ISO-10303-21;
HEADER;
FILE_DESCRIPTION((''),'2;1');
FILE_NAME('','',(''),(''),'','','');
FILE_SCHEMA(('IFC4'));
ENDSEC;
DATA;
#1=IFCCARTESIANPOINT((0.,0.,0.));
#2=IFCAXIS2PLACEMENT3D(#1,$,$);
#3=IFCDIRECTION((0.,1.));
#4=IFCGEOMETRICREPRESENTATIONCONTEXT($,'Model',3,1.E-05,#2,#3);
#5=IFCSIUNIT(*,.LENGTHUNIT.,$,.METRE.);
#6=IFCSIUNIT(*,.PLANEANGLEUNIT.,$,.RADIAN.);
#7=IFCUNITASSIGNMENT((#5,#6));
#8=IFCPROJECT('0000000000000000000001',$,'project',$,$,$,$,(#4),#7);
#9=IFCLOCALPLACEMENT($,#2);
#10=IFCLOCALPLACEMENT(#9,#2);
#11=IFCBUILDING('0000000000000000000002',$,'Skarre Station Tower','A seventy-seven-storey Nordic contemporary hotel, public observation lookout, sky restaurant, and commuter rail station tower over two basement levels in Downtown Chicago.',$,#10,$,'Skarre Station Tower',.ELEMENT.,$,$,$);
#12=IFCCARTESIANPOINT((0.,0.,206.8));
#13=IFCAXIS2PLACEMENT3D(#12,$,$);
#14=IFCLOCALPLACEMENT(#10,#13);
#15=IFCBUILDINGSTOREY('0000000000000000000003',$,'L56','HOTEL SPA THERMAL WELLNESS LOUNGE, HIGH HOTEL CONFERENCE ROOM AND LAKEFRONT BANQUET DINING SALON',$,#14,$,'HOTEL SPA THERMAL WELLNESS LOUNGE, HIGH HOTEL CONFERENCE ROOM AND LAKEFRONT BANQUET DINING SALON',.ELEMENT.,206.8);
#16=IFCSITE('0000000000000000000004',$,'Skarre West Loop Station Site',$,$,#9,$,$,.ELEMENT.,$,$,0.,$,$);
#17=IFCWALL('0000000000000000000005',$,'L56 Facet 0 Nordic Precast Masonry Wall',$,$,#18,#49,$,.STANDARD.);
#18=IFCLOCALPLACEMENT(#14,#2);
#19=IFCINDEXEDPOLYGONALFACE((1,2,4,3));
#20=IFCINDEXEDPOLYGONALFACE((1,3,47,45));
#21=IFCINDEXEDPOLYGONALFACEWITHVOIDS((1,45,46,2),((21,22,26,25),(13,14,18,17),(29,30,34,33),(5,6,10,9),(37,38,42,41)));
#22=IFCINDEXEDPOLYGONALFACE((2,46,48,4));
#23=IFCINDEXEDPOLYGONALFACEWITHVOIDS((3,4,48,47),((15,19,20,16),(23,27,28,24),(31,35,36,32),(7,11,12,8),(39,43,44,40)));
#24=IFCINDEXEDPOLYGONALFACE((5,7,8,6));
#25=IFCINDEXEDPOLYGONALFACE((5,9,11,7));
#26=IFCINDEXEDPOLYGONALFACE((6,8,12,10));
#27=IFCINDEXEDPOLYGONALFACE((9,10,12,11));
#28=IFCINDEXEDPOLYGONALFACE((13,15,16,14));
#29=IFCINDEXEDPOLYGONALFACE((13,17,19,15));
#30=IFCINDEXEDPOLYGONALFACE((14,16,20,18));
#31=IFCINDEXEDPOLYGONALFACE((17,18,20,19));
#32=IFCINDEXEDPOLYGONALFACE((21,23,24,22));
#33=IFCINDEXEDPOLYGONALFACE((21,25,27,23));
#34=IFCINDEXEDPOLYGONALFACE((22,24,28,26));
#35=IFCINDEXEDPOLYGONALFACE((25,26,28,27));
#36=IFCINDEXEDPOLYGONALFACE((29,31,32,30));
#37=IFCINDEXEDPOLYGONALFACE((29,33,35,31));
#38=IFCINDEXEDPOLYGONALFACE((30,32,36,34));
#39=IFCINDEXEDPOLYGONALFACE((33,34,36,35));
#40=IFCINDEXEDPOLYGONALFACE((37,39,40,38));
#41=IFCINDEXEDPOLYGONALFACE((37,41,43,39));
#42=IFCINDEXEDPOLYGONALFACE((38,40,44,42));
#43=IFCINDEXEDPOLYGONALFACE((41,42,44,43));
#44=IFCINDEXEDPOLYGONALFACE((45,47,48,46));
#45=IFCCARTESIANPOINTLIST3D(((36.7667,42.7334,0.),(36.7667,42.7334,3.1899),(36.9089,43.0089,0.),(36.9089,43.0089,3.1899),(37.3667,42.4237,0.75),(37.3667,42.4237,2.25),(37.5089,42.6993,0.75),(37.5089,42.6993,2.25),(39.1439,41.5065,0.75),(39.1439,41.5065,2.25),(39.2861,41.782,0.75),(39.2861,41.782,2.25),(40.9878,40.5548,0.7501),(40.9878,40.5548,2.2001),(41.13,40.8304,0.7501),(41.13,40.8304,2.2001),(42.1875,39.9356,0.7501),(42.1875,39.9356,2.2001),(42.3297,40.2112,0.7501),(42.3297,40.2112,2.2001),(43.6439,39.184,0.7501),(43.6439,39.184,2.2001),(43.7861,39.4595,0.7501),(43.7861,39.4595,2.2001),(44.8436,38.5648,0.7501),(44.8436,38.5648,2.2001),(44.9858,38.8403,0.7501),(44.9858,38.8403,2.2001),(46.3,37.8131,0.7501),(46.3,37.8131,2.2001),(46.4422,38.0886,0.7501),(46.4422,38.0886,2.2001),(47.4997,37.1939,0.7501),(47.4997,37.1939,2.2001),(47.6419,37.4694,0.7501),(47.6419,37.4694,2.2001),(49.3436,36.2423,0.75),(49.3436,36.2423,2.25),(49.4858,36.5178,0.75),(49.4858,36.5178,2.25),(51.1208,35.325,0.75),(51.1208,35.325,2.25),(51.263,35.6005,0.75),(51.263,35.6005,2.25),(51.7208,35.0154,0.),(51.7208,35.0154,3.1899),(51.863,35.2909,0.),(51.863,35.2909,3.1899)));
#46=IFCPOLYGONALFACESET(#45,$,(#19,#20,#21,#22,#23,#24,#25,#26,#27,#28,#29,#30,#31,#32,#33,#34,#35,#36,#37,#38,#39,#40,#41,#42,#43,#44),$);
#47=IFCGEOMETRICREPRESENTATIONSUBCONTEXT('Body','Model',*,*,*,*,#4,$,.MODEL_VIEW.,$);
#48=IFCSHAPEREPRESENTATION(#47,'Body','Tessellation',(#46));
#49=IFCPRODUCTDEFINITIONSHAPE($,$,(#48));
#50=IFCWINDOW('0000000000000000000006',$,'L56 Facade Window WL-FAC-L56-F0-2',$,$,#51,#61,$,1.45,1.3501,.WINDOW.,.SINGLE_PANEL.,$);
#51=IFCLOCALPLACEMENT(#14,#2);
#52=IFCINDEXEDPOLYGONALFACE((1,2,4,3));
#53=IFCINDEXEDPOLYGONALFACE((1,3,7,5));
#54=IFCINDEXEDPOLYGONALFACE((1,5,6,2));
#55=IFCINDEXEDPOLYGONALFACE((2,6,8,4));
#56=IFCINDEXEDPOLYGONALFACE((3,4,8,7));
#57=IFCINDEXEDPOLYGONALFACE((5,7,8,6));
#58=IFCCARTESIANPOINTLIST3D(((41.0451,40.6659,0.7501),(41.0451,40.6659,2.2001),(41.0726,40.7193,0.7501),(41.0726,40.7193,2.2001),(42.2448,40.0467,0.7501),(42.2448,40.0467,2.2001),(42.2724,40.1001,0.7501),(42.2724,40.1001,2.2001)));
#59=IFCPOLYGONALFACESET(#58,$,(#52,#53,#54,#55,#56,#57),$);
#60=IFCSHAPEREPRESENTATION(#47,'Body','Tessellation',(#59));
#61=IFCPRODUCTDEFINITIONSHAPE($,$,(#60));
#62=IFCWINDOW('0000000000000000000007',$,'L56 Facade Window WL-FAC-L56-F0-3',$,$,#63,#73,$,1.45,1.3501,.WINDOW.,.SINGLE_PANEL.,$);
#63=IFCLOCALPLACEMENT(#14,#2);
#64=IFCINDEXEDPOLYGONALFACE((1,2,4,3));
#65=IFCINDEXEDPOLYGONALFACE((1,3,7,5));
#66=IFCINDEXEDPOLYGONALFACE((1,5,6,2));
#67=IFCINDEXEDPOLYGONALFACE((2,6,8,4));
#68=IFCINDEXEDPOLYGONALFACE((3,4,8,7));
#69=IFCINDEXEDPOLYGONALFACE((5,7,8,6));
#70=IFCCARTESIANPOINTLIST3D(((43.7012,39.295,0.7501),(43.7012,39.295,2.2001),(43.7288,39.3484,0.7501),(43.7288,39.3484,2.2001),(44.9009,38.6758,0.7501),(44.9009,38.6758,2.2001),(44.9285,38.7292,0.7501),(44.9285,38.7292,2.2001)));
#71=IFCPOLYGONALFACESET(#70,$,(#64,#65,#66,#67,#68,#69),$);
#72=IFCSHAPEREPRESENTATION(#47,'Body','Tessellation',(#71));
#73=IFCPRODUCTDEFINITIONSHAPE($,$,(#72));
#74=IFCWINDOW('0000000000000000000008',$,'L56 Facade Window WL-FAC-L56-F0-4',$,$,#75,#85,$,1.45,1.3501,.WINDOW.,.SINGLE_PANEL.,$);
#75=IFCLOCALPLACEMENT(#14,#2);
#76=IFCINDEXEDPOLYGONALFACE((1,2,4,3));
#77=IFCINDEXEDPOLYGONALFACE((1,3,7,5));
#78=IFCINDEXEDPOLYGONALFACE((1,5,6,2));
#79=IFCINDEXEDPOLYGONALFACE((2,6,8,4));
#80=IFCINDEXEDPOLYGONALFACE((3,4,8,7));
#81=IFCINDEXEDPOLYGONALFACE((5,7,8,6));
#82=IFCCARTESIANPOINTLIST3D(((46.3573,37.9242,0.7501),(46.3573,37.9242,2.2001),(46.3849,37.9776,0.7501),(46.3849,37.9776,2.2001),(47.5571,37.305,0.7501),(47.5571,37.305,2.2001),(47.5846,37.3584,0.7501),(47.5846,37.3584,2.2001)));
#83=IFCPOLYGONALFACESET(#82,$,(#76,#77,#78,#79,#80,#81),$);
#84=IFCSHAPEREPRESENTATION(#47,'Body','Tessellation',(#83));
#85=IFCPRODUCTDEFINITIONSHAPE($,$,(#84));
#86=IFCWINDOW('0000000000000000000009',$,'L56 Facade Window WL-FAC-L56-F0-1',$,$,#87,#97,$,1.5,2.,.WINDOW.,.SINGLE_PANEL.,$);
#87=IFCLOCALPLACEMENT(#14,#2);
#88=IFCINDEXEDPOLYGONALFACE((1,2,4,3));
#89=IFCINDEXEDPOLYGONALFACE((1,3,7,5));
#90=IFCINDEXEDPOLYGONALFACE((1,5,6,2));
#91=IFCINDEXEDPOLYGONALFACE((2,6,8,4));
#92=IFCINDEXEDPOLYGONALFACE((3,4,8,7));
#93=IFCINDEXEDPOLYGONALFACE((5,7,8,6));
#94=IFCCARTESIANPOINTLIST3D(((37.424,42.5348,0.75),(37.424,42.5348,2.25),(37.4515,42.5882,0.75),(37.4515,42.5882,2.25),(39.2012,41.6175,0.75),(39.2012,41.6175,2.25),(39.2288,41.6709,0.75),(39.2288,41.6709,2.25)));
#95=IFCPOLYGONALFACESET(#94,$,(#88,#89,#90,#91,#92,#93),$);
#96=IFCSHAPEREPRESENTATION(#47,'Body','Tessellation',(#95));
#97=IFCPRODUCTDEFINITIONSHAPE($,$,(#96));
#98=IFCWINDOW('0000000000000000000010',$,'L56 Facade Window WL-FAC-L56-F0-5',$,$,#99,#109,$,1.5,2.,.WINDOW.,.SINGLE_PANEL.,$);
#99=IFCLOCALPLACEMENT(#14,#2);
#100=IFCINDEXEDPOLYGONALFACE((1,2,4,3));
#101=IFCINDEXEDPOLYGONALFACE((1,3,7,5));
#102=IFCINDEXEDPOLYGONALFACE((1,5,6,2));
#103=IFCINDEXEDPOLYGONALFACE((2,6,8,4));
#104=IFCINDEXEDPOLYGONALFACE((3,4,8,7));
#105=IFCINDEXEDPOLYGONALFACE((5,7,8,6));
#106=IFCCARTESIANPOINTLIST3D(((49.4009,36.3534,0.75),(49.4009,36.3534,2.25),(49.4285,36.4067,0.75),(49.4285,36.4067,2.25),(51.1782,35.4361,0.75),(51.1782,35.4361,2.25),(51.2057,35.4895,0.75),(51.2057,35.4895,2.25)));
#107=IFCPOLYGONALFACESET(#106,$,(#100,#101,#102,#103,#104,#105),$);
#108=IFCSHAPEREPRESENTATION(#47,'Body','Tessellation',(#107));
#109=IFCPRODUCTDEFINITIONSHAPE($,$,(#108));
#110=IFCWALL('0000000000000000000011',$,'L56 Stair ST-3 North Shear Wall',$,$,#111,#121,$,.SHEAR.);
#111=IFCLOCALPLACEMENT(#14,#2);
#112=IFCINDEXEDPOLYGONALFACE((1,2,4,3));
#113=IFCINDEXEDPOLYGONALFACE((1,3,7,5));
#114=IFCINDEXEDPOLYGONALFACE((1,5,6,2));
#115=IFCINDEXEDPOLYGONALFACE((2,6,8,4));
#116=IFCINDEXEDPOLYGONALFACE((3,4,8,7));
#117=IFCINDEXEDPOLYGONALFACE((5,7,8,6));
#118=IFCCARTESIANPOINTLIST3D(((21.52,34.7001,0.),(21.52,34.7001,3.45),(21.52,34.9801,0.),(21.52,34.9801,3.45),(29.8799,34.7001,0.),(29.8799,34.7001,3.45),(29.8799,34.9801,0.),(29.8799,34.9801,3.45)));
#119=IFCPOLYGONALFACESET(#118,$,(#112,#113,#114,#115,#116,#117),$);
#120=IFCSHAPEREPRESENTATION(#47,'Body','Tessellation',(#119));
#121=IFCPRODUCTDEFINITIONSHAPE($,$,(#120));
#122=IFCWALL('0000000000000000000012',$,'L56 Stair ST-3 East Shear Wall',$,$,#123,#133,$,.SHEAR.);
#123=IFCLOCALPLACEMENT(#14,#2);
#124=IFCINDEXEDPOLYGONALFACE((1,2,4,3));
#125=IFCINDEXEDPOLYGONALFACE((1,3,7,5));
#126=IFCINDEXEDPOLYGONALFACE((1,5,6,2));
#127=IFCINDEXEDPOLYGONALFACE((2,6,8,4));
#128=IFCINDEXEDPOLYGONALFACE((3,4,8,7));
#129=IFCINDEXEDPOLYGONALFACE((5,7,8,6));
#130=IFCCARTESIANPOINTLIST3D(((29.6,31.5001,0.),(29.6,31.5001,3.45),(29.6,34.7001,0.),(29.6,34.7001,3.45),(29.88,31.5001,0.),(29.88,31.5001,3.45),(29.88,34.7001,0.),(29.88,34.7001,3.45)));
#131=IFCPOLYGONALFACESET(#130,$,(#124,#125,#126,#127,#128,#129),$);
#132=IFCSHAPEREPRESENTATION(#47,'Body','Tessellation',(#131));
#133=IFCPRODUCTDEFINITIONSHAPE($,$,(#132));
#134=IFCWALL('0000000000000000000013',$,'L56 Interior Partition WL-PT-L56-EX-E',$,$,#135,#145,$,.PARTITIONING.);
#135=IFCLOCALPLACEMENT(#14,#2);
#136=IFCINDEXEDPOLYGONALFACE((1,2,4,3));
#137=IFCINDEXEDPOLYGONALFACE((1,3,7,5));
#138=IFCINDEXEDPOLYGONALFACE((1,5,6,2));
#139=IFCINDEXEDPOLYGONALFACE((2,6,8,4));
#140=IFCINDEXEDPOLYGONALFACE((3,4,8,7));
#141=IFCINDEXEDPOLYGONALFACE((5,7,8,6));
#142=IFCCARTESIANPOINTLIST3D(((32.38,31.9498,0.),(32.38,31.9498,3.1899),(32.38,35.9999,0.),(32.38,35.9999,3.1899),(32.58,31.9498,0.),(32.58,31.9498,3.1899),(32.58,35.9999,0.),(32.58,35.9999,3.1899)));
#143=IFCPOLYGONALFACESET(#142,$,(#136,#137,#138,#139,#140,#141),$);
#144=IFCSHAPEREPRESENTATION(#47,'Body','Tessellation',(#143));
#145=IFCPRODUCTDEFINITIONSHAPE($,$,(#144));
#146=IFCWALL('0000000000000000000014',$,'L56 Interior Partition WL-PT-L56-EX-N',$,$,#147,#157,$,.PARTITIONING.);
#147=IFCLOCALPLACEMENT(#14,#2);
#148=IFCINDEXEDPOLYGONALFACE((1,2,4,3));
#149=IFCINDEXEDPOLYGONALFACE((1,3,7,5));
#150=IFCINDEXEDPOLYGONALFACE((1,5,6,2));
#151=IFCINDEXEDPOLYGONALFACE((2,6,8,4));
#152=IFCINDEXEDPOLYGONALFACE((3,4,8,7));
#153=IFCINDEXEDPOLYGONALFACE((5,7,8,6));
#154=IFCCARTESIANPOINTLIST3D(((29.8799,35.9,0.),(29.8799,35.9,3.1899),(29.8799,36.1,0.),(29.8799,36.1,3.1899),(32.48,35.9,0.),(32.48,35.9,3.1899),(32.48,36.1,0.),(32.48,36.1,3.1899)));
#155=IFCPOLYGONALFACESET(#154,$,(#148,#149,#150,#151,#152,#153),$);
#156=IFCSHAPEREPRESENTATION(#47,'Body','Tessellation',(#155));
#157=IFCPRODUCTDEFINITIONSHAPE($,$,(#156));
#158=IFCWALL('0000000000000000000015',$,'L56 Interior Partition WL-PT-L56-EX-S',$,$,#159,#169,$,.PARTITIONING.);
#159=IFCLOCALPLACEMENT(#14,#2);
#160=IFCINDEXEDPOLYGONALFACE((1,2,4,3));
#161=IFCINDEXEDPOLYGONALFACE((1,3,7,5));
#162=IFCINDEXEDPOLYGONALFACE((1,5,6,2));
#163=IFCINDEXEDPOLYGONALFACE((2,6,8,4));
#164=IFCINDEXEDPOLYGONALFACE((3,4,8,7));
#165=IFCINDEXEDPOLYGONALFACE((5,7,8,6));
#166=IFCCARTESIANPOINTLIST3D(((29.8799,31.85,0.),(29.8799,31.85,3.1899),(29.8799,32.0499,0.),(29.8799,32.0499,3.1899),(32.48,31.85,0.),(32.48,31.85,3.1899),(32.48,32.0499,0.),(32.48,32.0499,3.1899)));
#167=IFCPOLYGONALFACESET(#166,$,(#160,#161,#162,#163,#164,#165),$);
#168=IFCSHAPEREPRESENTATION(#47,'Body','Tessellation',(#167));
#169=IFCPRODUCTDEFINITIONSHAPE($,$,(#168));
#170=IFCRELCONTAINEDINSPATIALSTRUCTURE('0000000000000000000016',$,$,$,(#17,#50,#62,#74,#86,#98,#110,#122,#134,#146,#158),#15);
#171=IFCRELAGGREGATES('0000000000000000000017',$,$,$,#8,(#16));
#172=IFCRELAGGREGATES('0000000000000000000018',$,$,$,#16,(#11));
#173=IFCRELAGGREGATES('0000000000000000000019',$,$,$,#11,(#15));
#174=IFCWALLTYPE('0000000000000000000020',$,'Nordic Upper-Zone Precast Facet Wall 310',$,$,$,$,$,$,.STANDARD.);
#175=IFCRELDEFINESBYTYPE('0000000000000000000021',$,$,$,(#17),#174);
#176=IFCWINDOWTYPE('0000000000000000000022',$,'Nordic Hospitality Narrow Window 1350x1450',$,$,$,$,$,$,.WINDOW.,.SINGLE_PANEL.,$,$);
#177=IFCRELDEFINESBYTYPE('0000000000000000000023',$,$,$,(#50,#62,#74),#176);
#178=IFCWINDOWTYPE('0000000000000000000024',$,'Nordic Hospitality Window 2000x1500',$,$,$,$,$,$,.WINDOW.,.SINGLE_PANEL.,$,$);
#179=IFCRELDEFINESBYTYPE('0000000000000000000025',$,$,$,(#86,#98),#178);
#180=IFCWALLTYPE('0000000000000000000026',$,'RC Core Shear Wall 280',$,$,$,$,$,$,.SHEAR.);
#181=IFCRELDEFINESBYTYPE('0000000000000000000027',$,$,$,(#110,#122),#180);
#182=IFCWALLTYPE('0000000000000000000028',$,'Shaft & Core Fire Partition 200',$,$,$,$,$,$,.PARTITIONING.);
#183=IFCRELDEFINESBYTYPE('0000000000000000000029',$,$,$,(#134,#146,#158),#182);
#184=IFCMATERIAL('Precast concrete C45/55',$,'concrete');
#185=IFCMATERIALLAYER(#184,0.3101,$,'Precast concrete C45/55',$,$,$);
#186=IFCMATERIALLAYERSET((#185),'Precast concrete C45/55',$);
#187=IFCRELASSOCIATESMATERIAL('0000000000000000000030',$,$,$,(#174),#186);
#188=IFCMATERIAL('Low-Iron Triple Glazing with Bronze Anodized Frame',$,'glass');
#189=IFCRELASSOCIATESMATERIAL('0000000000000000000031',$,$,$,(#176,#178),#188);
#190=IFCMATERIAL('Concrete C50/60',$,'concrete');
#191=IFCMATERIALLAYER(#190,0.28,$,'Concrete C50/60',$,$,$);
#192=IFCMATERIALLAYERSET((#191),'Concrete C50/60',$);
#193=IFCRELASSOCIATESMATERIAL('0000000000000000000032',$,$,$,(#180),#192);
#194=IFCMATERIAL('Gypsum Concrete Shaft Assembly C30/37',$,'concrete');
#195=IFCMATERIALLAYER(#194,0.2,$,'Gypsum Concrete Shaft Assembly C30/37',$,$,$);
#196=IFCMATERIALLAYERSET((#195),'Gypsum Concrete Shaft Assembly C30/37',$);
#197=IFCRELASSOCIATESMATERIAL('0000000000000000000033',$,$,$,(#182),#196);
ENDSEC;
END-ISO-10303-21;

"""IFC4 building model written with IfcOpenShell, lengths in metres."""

from ifc_helpers import new_model, si_unit, direction, frame, frame_2d, origin, place, context, subcontext, project, spatial, rectangle, extrude, material, layer, layer_set, type_object, element, fill, save


model = new_model("IFC4")

# Units and contexts
model_context = context("Model", 3, precision=1e-05, world=origin(), true_north=direction((0.0, 1.0)))
body_context = subcontext(model_context, "Body", "Model", "MODEL_VIEW")
ifc_project = project(units=[si_unit("LENGTHUNIT", "METRE"), si_unit("PLANEANGLEUNIT", "RADIAN")], contexts=[model_context])

# Site, building, storey
site_placement = place(None, origin())
site = spatial("IfcSite", under=ifc_project, at=site_placement, Name="Skarre West Loop Station Site", CompositionType="ELEMENT", RefElevation=0.0)
building_placement = place(site_placement, origin())
building = spatial("IfcBuilding", under=site, at=building_placement, Name="Skarre Station Tower", Description="A seventy-seven-storey Nordic contemporary hotel, public observation lookout, sky restaurant, and commuter rail station tower over two basement levels in Downtown Chicago.", LongName="Skarre Station Tower", CompositionType="ELEMENT")
storey_placement = place(building_placement, frame((0.0, 0.0, 206.8)))
storey = spatial("IfcBuildingStorey", under=building, at=storey_placement, Name="L56", Description="HOTEL SPA THERMAL WELLNESS LOUNGE, HIGH HOTEL CONFERENCE ROOM AND LAKEFRONT BANQUET DINING SALON", LongName="HOTEL SPA THERMAL WELLNESS LOUNGE, HIGH HOTEL CONFERENCE ROOM AND LAKEFRONT BANQUET DINING SALON", CompositionType="ELEMENT", Elevation=206.8)

# Shared definitions
ifc_material_1 = material(Name="Precast concrete C45/55", Category="concrete")

# Shared definitions
ifc_material_2 = material(Name="Low-Iron Triple Glazing with Bronze Anodized Frame", Category="glass")

# Wall, openings, windows
ifc_layer_1 = layer(ifc_material_1, 0.3101, Name="Precast concrete C45/55")
ifc_layer_set_1 = layer_set([ifc_layer_1], Name="Precast concrete C45/55")
wall_type_1 = type_object("IfcWallType", Name="Nordic Upper-Zone Precast Facet Wall 310", PredefinedType="STANDARD", material=ifc_layer_set_1)
wall_1_placement = place(storey_placement, frame((36.8379, 42.8711, 0.0), z_axis=(0.0, 0.0, 1.0), x_axis=(0.888626, -0.458632, 0.0)))
wall_1 = element("IfcWall", 1, at=wall_1_placement, inside=storey, type_object=wall_type_1, Name="L56 Facet 0 Nordic Precast Masonry Wall", PredefinedType="STANDARD", context=body_context, shape_type="SweptSolid", body=[
    extrude(rectangle(XDim=16.8284, YDim=0.3101, at=frame_2d((8.4141, 0.0))), origin(), (0.0, 0.0, 1.0), 3.1899),
])
opening_1_placement = place(wall_1_placement, frame((0.675, 0.0, 0.75)))
opening_1 = element("IfcOpeningElement", 2, at=opening_1_placement, cuts=wall_1, PredefinedType="OPENING", context=body_context, shape_type="SweptSolid", body=[
    extrude(rectangle(XDim=2.0, YDim=1.5, at=frame_2d((1.0, 0.75))), frame((0.0, 0.165, 0.0), z_axis=(0.0, -1.0, 0.0), x_axis=(1.0, 0.0, 0.0)), (0.0, 0.0, 1.0), 0.3301),
])
opening_2_placement = place(wall_1_placement, frame((4.75, 0.0, 0.75)))
opening_2 = element("IfcOpeningElement", 3, at=opening_2_placement, cuts=wall_1, PredefinedType="OPENING", context=body_context, shape_type="SweptSolid", body=[
    extrude(rectangle(XDim=1.3501, YDim=1.45, at=frame_2d((0.675, 0.7251))), frame((0.0, 0.165, 0.0), z_axis=(0.0, -1.0, 0.0), x_axis=(1.0, 0.0, 0.0)), (0.0, 0.0, 1.0), 0.3301),
])
opening_3_placement = place(wall_1_placement, frame((7.739, 0.0, 0.75)))
opening_3 = element("IfcOpeningElement", 4, at=opening_3_placement, cuts=wall_1, PredefinedType="OPENING", context=body_context, shape_type="SweptSolid", body=[
    extrude(rectangle(XDim=1.3501, YDim=1.45, at=frame_2d((0.675, 0.7251))), frame((0.0, 0.165, 0.0), z_axis=(0.0, -1.0, 0.0), x_axis=(1.0, 0.0, 0.0)), (0.0, 0.0, 1.0), 0.3301),
])
opening_4_placement = place(wall_1_placement, frame((10.728, 0.0, 0.75)))
opening_4 = element("IfcOpeningElement", 5, at=opening_4_placement, cuts=wall_1, PredefinedType="OPENING", context=body_context, shape_type="SweptSolid", body=[
    extrude(rectangle(XDim=1.3501, YDim=1.45, at=frame_2d((0.675, 0.7251))), frame((0.0, 0.165, 0.0), z_axis=(0.0, -1.0, 0.0), x_axis=(1.0, 0.0, 0.0)), (0.0, 0.0, 1.0), 0.3301),
])
opening_5_placement = place(wall_1_placement, frame((14.1531, 0.0, 0.75)))
opening_5 = element("IfcOpeningElement", 6, at=opening_5_placement, cuts=wall_1, PredefinedType="OPENING", context=body_context, shape_type="SweptSolid", body=[
    extrude(rectangle(XDim=2.0, YDim=1.5, at=frame_2d((1.0, 0.75))), frame((0.0, 0.165, 0.0), z_axis=(0.0, -1.0, 0.0), x_axis=(1.0, 0.0, 0.0)), (0.0, 0.0, 1.0), 0.3301),
])
window_type_1 = type_object("IfcWindowType", Name="Nordic Hospitality Narrow Window 1350x1450", PartitioningType="SINGLE_PANEL", PredefinedType="WINDOW", material=ifc_material_2)
window_1_placement = place(opening_2_placement, origin())
window_1 = element("IfcWindow", 7, at=window_1_placement, inside=storey, type_object=window_type_1, Name="L56 Facade Window WL-FAC-L56-F0-2", OverallHeight=1.45, OverallWidth=1.3501, PartitioningType="SINGLE_PANEL", PredefinedType="WINDOW", context=body_context, shape_type="SweptSolid", body=[
    extrude(rectangle(XDim=1.3501, YDim=1.45, at=frame_2d((0.675, 0.7251))), frame((0.0, 0.03, 0.0), z_axis=(0.0, -1.0, 0.0), x_axis=(1.0, 0.0, 0.0)), (0.0, 0.0, 1.0), 0.0601),
])
fill(opening_2, window_1)
window_2_placement = place(opening_3_placement, origin())
window_2 = element("IfcWindow", 8, at=window_2_placement, inside=storey, type_object=window_type_1, Name="L56 Facade Window WL-FAC-L56-F0-3", OverallHeight=1.45, OverallWidth=1.3501, PartitioningType="SINGLE_PANEL", PredefinedType="WINDOW", context=body_context, shape_type="SweptSolid", body=[
    extrude(rectangle(XDim=1.3501, YDim=1.45, at=frame_2d((0.675, 0.7251))), frame((0.0, 0.03, 0.0), z_axis=(0.0, -1.0, 0.0), x_axis=(1.0, 0.0, 0.0)), (0.0, 0.0, 1.0), 0.0601),
])
fill(opening_3, window_2)
window_3_placement = place(opening_4_placement, origin())
window_3 = element("IfcWindow", 9, at=window_3_placement, inside=storey, type_object=window_type_1, Name="L56 Facade Window WL-FAC-L56-F0-4", OverallHeight=1.45, OverallWidth=1.3501, PartitioningType="SINGLE_PANEL", PredefinedType="WINDOW", context=body_context, shape_type="SweptSolid", body=[
    extrude(rectangle(XDim=1.3501, YDim=1.45, at=frame_2d((0.675, 0.7251))), frame((0.0, 0.03, 0.0), z_axis=(0.0, -1.0, 0.0), x_axis=(1.0, 0.0, 0.0)), (0.0, 0.0, 1.0), 0.0601),
])
fill(opening_4, window_3)
window_type_2 = type_object("IfcWindowType", Name="Nordic Hospitality Window 2000x1500", PartitioningType="SINGLE_PANEL", PredefinedType="WINDOW", material=ifc_material_2)
window_4_placement = place(opening_1_placement, origin())
window_4 = element("IfcWindow", 10, at=window_4_placement, inside=storey, type_object=window_type_2, Name="L56 Facade Window WL-FAC-L56-F0-1", OverallHeight=1.5, OverallWidth=2.0, PartitioningType="SINGLE_PANEL", PredefinedType="WINDOW", context=body_context, shape_type="SweptSolid", body=[
    extrude(rectangle(XDim=2.0, YDim=1.5, at=frame_2d((1.0, 0.75))), frame((0.0, 0.03, 0.0), z_axis=(0.0, -1.0, 0.0), x_axis=(1.0, 0.0, 0.0)), (0.0, 0.0, 1.0), 0.0601),
])
fill(opening_1, window_4)
window_5_placement = place(opening_5_placement, origin())
window_5 = element("IfcWindow", 11, at=window_5_placement, inside=storey, type_object=window_type_2, Name="L56 Facade Window WL-FAC-L56-F0-5", OverallHeight=1.5, OverallWidth=2.0, PartitioningType="SINGLE_PANEL", PredefinedType="WINDOW", context=body_context, shape_type="SweptSolid", body=[
    extrude(rectangle(XDim=2.0, YDim=1.5, at=frame_2d((1.0, 0.75))), frame((0.0, 0.03, 0.0), z_axis=(0.0, -1.0, 0.0), x_axis=(1.0, 0.0, 0.0)), (0.0, 0.0, 1.0), 0.0601),
])
fill(opening_5, window_5)

# Walls
ifc_material_3 = material(Name="Concrete C50/60", Category="concrete")
ifc_layer_2 = layer(ifc_material_3, 0.28, Name="Concrete C50/60")
ifc_layer_set_2 = layer_set([ifc_layer_2], Name="Concrete C50/60")
wall_type_2 = type_object("IfcWallType", Name="RC Core Shear Wall 280", PredefinedType="SHEAR", material=ifc_layer_set_2)
wall_2_placement = place(storey_placement, frame((29.8799, 34.8401, 0.0), z_axis=(0.0, 0.0, 1.0), x_axis=(-1.0, 0.0, 0.0)))
element("IfcWall", 12, at=wall_2_placement, inside=storey, type_object=wall_type_2, Name="L56 Stair ST-3 North Shear Wall", PredefinedType="SHEAR", context=body_context, shape_type="SweptSolid", body=[
    extrude(rectangle(XDim=8.3599, YDim=0.28, at=frame_2d((4.1799, 0.0))), origin(), (0.0, 0.0, 1.0), 3.45),
])
wall_3_placement = place(storey_placement, frame((29.74, 31.5, 0.0), z_axis=(0.0, 0.0, 1.0), x_axis=(0.0, 1.0, 0.0)))
element("IfcWall", 13, at=wall_3_placement, inside=storey, type_object=wall_type_2, Name="L56 Stair ST-3 East Shear Wall", PredefinedType="SHEAR", context=body_context, shape_type="SweptSolid", body=[
    extrude(rectangle(XDim=3.2, YDim=0.28, at=frame_2d((1.6001, 0.0))), origin(), (0.0, 0.0, 1.0), 3.45),
])
ifc_material_4 = material(Name="Gypsum Concrete Shaft Assembly C30/37", Category="concrete")
ifc_layer_3 = layer(ifc_material_4, 0.2, Name="Gypsum Concrete Shaft Assembly C30/37")
ifc_layer_set_3 = layer_set([ifc_layer_3], Name="Gypsum Concrete Shaft Assembly C30/37")
wall_type_3 = type_object("IfcWallType", Name="Shaft & Core Fire Partition 200", PredefinedType="PARTITIONING", material=ifc_layer_set_3)
wall_4_placement = place(storey_placement, frame((32.48, 31.95, 0.0), z_axis=(0.0, 0.0, 1.0), x_axis=(0.0, 1.0, 0.0)))
element("IfcWall", 14, at=wall_4_placement, inside=storey, type_object=wall_type_3, Name="L56 Interior Partition WL-PT-L56-EX-E", PredefinedType="PARTITIONING", context=body_context, shape_type="SweptSolid", body=[
    extrude(rectangle(XDim=4.05, YDim=0.2, at=frame_2d((2.0249, 0.0))), origin(), (0.0, 0.0, 1.0), 3.1899),
])
for number, where, z_axis, x_axis, name in (
    (15, (29.8799, 36.0, 0.0), (0.0, 0.0, 1.0), (1.0, 0.0, 0.0), "L56 Interior Partition WL-PT-L56-EX-N"),
    (16, (32.48, 31.95, 0.0), (0.0, 0.0, 1.0), (-1.0, 0.0, 0.0), "L56 Interior Partition WL-PT-L56-EX-S"),
):
    element("IfcWall", number, at=place(storey_placement, frame(where, z_axis=z_axis, x_axis=x_axis)), inside=storey, type_object=wall_type_3, Name=name, PredefinedType="PARTITIONING", context=body_context, shape_type="SweptSolid", body=[
        extrude(rectangle(XDim=2.6001, YDim=0.2, at=frame_2d((1.3, 0.0))), origin(), (0.0, 0.0, 1.0), 3.1899),
    ])

save(model, "model.ifc")
